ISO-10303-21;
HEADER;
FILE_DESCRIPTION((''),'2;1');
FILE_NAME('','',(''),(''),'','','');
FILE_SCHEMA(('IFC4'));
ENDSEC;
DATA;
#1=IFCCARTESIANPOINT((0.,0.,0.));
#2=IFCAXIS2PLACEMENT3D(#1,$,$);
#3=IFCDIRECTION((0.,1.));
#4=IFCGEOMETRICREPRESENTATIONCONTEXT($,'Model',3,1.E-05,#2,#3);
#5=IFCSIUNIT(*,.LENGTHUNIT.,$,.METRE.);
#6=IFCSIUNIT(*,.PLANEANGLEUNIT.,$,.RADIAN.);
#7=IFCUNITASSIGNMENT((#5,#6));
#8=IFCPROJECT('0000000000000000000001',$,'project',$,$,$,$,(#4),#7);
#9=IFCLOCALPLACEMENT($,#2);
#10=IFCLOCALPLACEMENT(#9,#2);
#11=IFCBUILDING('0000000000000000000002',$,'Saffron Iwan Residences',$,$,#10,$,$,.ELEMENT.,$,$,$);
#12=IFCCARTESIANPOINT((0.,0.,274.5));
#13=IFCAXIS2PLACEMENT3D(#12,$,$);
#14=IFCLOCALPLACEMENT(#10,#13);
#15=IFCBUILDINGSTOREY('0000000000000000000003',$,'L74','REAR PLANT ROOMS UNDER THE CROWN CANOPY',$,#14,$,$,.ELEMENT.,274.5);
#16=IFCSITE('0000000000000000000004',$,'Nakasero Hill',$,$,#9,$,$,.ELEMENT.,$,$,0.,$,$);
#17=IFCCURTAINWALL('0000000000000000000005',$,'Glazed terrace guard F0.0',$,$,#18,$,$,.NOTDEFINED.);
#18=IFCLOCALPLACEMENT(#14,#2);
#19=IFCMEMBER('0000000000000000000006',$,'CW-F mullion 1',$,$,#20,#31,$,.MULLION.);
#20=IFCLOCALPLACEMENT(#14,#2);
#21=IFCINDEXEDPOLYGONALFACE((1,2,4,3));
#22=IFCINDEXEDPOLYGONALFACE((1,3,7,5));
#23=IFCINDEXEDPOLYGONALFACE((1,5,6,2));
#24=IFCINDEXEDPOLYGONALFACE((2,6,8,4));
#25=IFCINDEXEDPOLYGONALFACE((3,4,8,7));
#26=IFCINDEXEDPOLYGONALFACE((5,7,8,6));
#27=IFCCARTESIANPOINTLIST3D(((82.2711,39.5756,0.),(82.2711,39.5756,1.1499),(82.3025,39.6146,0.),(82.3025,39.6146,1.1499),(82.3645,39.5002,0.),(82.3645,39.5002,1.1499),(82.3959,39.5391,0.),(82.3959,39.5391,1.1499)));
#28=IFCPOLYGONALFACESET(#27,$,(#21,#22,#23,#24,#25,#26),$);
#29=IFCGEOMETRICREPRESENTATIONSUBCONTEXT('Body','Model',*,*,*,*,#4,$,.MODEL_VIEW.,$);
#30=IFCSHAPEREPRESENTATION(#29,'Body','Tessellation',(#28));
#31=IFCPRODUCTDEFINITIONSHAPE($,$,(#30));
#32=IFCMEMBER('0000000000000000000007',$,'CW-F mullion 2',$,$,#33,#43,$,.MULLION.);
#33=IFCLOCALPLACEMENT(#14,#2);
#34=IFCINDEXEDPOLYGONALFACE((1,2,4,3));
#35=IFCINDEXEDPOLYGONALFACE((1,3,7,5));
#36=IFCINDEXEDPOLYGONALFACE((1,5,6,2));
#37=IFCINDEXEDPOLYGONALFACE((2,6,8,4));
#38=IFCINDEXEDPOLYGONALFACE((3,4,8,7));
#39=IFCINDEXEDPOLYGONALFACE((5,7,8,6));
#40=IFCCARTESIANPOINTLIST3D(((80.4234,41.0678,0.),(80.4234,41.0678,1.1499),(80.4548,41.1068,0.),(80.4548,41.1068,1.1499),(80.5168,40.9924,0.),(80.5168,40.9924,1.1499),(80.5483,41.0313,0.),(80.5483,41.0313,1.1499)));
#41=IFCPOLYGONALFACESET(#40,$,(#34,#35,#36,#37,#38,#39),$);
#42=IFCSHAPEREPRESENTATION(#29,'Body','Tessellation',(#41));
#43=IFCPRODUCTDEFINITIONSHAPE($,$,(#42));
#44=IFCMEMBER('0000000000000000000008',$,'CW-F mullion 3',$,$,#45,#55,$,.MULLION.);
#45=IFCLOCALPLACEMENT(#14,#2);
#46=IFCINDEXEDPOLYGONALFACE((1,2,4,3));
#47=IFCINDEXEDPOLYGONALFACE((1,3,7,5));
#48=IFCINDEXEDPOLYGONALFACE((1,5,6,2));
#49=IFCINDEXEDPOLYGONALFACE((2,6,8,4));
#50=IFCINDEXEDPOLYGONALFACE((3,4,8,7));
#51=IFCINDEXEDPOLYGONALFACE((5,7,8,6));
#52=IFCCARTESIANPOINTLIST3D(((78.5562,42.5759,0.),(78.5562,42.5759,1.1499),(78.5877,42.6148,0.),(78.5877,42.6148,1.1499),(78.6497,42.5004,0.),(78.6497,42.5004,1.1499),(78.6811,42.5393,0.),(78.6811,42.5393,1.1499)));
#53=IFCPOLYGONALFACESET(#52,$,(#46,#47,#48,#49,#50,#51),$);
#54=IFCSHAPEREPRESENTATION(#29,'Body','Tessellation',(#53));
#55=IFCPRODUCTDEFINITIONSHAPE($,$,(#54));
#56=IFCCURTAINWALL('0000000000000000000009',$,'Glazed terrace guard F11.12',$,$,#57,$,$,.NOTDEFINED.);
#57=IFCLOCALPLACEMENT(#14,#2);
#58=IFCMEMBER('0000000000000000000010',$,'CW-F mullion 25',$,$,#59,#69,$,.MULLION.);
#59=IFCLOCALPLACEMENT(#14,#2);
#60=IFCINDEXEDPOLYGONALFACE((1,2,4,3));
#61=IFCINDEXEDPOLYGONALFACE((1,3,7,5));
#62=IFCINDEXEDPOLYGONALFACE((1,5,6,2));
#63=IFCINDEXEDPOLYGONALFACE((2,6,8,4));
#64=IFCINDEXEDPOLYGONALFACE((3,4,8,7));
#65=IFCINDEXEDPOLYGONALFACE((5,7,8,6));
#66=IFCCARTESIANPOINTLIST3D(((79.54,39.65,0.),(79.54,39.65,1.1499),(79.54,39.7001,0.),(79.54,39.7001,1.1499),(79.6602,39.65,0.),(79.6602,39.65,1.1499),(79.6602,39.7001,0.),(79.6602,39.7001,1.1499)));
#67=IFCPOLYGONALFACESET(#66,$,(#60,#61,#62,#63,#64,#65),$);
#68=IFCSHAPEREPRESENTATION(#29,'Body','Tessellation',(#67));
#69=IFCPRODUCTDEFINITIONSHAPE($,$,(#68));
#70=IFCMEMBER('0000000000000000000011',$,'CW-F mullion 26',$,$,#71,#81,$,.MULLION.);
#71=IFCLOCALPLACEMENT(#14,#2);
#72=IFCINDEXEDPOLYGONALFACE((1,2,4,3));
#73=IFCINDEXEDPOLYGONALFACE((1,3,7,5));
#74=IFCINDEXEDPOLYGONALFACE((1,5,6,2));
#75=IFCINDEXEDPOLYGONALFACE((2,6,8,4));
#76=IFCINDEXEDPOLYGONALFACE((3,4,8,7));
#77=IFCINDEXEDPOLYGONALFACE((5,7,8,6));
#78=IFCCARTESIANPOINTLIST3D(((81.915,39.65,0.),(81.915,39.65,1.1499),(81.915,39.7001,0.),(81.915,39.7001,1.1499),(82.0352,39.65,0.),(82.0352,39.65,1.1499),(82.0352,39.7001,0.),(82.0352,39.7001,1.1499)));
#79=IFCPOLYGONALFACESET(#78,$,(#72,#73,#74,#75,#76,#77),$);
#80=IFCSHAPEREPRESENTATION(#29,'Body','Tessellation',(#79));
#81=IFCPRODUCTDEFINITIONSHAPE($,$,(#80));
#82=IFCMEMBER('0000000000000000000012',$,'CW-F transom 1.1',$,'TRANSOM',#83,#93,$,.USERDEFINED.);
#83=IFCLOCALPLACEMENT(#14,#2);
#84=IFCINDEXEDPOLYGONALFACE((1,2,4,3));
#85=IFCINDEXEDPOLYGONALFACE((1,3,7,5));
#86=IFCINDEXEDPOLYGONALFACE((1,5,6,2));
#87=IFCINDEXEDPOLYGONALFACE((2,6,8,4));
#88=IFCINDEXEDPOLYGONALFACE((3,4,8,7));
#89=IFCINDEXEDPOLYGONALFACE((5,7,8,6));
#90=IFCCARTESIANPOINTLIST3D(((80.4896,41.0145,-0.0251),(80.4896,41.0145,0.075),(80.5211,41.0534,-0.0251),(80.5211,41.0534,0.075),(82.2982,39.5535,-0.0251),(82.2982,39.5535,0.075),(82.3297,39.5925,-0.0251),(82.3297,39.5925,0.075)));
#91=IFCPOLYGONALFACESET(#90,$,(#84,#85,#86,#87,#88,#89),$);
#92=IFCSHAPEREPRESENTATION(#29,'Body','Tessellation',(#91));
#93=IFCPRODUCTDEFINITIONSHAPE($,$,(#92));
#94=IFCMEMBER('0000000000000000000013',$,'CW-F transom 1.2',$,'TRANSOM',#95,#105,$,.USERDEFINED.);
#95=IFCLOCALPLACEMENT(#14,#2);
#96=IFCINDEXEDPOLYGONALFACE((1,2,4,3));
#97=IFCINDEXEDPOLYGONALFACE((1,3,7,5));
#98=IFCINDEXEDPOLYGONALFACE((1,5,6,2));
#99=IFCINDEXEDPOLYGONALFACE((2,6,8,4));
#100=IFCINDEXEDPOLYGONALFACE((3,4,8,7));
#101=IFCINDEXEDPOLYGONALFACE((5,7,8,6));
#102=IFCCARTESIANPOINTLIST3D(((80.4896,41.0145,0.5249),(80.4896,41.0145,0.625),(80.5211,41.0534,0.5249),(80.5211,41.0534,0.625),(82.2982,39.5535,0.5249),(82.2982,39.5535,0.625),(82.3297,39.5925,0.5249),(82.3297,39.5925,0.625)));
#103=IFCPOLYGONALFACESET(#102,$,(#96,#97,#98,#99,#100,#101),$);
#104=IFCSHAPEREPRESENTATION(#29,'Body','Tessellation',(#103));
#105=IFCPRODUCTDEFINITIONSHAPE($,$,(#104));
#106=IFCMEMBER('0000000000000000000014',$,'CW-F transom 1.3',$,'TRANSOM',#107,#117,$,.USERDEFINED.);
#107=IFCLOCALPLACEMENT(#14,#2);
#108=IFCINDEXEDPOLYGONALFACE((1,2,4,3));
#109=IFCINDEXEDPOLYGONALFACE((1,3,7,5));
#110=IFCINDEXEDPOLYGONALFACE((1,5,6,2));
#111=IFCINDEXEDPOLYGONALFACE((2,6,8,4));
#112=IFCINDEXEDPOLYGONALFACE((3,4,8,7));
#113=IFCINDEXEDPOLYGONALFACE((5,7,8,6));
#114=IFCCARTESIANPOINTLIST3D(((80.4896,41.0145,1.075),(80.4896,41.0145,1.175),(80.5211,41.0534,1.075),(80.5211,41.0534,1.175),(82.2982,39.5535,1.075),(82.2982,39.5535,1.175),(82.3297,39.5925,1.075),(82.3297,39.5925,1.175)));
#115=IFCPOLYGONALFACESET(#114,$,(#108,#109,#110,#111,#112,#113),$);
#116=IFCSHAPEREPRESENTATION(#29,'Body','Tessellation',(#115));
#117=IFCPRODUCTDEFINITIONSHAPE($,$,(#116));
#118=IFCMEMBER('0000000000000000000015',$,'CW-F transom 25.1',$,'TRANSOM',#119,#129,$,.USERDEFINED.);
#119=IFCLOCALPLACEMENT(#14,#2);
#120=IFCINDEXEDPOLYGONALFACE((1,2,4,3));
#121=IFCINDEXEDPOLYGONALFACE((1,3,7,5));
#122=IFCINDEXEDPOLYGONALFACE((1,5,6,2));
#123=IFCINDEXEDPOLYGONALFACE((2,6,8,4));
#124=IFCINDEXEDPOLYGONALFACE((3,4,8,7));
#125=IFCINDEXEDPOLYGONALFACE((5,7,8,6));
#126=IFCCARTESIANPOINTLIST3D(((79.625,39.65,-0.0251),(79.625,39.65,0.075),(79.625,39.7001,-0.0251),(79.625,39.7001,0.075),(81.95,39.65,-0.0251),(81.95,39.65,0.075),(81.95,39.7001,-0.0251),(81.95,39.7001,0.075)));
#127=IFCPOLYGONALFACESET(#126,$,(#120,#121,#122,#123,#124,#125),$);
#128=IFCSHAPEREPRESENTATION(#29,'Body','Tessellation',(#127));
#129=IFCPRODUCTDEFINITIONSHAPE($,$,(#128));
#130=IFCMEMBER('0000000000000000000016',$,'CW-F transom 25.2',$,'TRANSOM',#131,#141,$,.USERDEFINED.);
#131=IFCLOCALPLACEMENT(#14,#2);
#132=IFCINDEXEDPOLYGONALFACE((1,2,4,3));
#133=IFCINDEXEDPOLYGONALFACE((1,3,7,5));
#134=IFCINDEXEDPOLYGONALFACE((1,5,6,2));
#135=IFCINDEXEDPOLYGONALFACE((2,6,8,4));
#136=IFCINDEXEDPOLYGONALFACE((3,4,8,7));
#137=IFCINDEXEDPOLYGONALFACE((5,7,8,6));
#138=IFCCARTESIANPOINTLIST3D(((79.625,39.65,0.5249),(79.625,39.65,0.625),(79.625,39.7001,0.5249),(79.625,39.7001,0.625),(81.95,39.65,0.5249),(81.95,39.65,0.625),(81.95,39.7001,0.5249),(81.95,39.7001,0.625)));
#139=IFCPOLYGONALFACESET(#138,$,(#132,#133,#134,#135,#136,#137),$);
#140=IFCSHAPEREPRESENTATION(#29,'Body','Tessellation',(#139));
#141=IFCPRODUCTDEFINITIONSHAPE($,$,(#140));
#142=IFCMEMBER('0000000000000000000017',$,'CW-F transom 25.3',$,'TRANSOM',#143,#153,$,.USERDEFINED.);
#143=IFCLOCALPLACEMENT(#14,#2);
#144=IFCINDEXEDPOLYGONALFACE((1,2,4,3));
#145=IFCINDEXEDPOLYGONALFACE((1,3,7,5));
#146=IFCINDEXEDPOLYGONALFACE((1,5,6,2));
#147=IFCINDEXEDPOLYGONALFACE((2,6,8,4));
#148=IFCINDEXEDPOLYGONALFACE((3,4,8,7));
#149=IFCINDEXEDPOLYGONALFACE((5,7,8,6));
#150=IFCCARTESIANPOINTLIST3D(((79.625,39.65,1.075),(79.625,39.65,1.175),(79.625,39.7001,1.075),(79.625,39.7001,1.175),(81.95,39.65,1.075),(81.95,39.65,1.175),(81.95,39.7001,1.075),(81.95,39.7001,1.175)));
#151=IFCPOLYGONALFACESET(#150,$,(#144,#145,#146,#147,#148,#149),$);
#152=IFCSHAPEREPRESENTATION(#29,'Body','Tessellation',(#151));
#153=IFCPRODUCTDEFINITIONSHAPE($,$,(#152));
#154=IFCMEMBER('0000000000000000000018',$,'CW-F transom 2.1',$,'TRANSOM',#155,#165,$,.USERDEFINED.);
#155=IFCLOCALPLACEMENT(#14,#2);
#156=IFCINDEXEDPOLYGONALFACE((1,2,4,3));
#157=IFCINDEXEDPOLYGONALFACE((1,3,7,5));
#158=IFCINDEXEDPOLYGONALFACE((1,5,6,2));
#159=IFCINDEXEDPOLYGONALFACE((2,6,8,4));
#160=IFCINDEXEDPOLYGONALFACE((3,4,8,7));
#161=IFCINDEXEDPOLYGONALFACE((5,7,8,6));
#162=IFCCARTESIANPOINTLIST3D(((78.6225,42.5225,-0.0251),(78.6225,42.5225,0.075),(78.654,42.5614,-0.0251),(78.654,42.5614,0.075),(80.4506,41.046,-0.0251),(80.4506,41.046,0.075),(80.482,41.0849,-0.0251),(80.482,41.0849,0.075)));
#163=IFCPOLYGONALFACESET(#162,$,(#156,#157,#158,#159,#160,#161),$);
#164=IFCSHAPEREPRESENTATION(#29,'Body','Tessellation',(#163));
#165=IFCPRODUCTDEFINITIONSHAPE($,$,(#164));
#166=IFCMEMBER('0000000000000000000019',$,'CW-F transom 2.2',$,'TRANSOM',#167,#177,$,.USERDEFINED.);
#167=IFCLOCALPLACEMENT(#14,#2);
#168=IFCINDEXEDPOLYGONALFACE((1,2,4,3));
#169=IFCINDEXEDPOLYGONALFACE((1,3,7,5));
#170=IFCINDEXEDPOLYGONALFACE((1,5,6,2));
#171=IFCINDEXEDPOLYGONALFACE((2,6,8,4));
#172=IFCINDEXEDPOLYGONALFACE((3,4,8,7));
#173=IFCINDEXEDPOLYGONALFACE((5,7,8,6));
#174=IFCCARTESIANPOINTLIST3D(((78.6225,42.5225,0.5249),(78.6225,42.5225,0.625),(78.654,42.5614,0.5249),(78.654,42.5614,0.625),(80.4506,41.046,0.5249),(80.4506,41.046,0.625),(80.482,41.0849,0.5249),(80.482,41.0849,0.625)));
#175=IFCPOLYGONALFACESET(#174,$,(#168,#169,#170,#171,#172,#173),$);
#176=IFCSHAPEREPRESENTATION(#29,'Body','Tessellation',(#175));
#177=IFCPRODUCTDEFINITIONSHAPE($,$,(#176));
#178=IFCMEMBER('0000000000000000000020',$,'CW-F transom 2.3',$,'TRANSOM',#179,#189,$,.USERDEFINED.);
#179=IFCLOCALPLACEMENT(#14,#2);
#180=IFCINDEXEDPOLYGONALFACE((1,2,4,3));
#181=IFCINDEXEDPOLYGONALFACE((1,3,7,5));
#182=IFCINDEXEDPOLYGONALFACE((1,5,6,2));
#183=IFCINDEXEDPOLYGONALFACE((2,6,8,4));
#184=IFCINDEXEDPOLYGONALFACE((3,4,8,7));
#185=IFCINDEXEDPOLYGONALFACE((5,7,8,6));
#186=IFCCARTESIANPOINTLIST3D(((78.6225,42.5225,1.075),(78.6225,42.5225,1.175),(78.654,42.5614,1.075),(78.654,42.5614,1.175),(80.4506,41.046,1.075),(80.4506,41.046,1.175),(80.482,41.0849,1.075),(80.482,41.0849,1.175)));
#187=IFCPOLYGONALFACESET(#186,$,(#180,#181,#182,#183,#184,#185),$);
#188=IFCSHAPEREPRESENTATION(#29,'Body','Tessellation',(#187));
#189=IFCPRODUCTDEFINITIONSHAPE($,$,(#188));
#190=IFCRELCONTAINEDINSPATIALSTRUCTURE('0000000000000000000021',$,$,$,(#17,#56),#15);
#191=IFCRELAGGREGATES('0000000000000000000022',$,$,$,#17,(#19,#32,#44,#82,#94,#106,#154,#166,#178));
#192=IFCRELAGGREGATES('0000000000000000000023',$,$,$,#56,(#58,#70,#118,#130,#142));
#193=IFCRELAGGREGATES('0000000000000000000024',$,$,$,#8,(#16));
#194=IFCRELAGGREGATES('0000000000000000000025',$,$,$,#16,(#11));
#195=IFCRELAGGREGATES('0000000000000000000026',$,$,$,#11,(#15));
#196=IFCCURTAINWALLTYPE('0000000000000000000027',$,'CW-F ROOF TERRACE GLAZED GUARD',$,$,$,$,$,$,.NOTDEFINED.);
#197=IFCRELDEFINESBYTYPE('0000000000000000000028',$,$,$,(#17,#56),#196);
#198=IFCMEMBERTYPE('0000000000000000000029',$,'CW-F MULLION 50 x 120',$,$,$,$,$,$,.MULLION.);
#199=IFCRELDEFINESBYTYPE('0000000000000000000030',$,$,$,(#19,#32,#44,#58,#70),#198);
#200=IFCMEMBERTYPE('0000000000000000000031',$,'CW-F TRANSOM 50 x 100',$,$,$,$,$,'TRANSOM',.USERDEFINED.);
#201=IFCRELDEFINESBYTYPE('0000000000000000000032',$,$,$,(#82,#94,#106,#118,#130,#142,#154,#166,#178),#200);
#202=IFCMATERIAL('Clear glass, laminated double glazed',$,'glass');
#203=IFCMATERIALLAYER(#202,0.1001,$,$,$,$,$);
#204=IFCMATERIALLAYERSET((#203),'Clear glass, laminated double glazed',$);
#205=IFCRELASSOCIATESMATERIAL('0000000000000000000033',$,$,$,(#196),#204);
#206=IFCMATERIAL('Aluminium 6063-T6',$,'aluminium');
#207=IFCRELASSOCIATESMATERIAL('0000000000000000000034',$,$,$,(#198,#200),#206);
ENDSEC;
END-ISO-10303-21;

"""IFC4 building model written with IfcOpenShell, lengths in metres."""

from ifc_helpers import new_model, si_unit, direction, frame, origin, origin_2d, place, context, subcontext, project, spatial, rectangle, extrude, source, transform, mapped, material, layer, layer_set, material_profile, profile_set, type_object, element, aggregate, save


model = new_model("IFC4")

# Units and contexts
model_context = context("Model", 3, precision=1e-05, world=origin(), true_north=direction((0.0, 1.0)))
body_context = subcontext(model_context, "Body", "Model", "MODEL_VIEW")
ifc_project = project(units=[si_unit("LENGTHUNIT", "METRE"), si_unit("PLANEANGLEUNIT", "RADIAN")], contexts=[model_context])

# Site, building, storey
site_placement = place(None, origin())
site = spatial("IfcSite", under=ifc_project, at=site_placement, Name="Nakasero Hill", CompositionType="ELEMENT", RefElevation=0.0)
building_placement = place(site_placement, origin())
building = spatial("IfcBuilding", under=site, at=building_placement, Name="Saffron Iwan Residences", CompositionType="ELEMENT")
storey_placement = place(building_placement, frame((0.0, 0.0, 274.5)))
storey = spatial("IfcBuildingStorey", under=building, at=storey_placement, Name="L74", Description="REAR PLANT ROOMS UNDER THE CROWN CANOPY", CompositionType="ELEMENT", Elevation=274.5)

# Curtain walls, members
ifc_material_1 = material(Name="Clear glass, laminated double glazed", Category="glass")
ifc_layer_1 = layer(ifc_material_1, 0.1001)
ifc_layer_set_1 = layer_set([ifc_layer_1], Name="Clear glass, laminated double glazed")
curtain_wall_type = type_object("IfcCurtainWallType", Name="CW-F ROOF TERRACE GLAZED GUARD", PredefinedType="NOTDEFINED", material=ifc_layer_set_1)
curtain_wall_1_placement = place(storey_placement, origin())
curtain_wall_1 = element("IfcCurtainWall", 1, at=curtain_wall_1_placement, inside=storey, type_object=curtain_wall_type, Name="Glazed terrace guard F0.0", PredefinedType="NOTDEFINED")
ifc_material_2 = material(Name="Aluminium 6063-T6", Category="aluminium")
ifc_material_profile_1 = material_profile(ifc_material_2, rectangle(XDim=0.05, YDim=0.1201, at=origin_2d()), Name="CW-F MULLION 50 x 120")
ifc_profile_set_1 = profile_set([ifc_material_profile_1], Name="Aluminium 6063-T6")
member_type_1 = type_object("IfcMemberType", Name="CW-F MULLION 50 x 120", PredefinedType="MULLION", material=ifc_profile_set_1)
shared_shape_1 = source(origin(), body_context, "Body", "SweptSolid", [
    extrude(rectangle(XDim=0.05, YDim=0.1201, at=origin_2d()), origin(), (0.0, 0.0, 1.0), 1.1499),
])
member_1_placement = place(storey_placement, frame((82.3335, 39.5574, 0.0), z_axis=(0.0, 0.0, 1.0), x_axis=(-0.628337, -0.777941, 0.0)))
member_1 = element("IfcMember", 2, at=member_1_placement, type_object=member_type_1, Name="CW-F mullion 1", PredefinedType="MULLION", context=body_context, shape_type="MappedRepresentation", body=[
    mapped(shared_shape_1, transform((0.0, 0.0, 0.0))),
])
member_2_placement = place(storey_placement, frame((80.4858, 41.0496, 0.0), z_axis=(0.0, 0.0, 1.0), x_axis=(-0.628337, -0.777941, 0.0)))
member_2 = element("IfcMember", 3, at=member_2_placement, type_object=member_type_1, Name="CW-F mullion 2", PredefinedType="MULLION", context=body_context, shape_type="MappedRepresentation", body=[
    mapped(shared_shape_1, transform((0.0, 0.0, 0.0))),
])
member_3_placement = place(storey_placement, frame((78.6187, 42.5576, 0.0), z_axis=(0.0, 0.0, 1.0), x_axis=(-0.628337, -0.777941, 0.0)))
member_3 = element("IfcMember", 4, at=member_3_placement, type_object=member_type_1, Name="CW-F mullion 3", PredefinedType="MULLION", context=body_context, shape_type="MappedRepresentation", body=[
    mapped(shared_shape_1, transform((0.0, 0.0, 0.0))),
])
curtain_wall_2_placement = place(storey_placement, origin())
curtain_wall_2 = element("IfcCurtainWall", 5, at=curtain_wall_2_placement, inside=storey, type_object=curtain_wall_type, Name="Glazed terrace guard F11.12", PredefinedType="NOTDEFINED")
member_4_placement = place(storey_placement, frame((79.6001, 39.675, 0.0), z_axis=(0.0, 0.0, 1.0), x_axis=(0.0, 1.0, 0.0)))
member_4 = element("IfcMember", 6, at=member_4_placement, type_object=member_type_1, Name="CW-F mullion 25", PredefinedType="MULLION", context=body_context, shape_type="MappedRepresentation", body=[
    mapped(shared_shape_1, transform((0.0, 0.0, 0.0))),
])
member_5_placement = place(storey_placement, frame((81.9751, 39.675, 0.0), z_axis=(0.0, 0.0, 1.0), x_axis=(0.0, 1.0, 0.0)))
member_5 = element("IfcMember", 7, at=member_5_placement, type_object=member_type_1, Name="CW-F mullion 26", PredefinedType="MULLION", context=body_context, shape_type="MappedRepresentation", body=[
    mapped(shared_shape_1, transform((0.0, 0.0, 0.0))),
])

# Members
ifc_material_profile_2 = material_profile(ifc_material_2, rectangle(XDim=0.05, YDim=0.1001, at=origin_2d()), Name="CW-F TRANSOM 50 x 100")
ifc_profile_set_2 = profile_set([ifc_material_profile_2], Name="Aluminium 6063-T6")
member_type_2 = type_object("IfcMemberType", Name="CW-F TRANSOM 50 x 100", ElementType="TRANSOM", PredefinedType="USERDEFINED", material=ifc_profile_set_2)
shared_shape_2 = source(origin(), body_context, "Body", "SweptSolid", [
    extrude(rectangle(XDim=0.05, YDim=0.1001, at=origin_2d()), origin(), (0.0, 0.0, 1.0), 2.325),
])
member_6_placement = place(storey_placement, frame((82.314, 39.573, 0.0249), z_axis=(-0.77791, 0.628376, 0.0), x_axis=(-0.628376, -0.77791, 0.0)))
member_6 = element("IfcMember", 8, at=member_6_placement, type_object=member_type_2, Name="CW-F transom 1.1", ObjectType="TRANSOM", PredefinedType="USERDEFINED", context=body_context, shape_type="MappedRepresentation", body=[
    mapped(shared_shape_2, transform((0.0, 0.0, 0.0))),
])
member_7_placement = place(storey_placement, frame((82.314, 39.573, 0.575), z_axis=(-0.77791, 0.628376, 0.0), x_axis=(-0.628376, -0.77791, 0.0)))
member_7 = element("IfcMember", 9, at=member_7_placement, type_object=member_type_2, Name="CW-F transom 1.2", ObjectType="TRANSOM", PredefinedType="USERDEFINED", context=body_context, shape_type="MappedRepresentation", body=[
    mapped(shared_shape_2, transform((0.0, 0.0, 0.0))),
])
member_8_placement = place(storey_placement, frame((82.314, 39.573, 1.125), z_axis=(-0.77791, 0.628376, 0.0), x_axis=(-0.628376, -0.77791, 0.0)))
member_8 = element("IfcMember", 10, at=member_8_placement, type_object=member_type_2, Name="CW-F transom 1.3", ObjectType="TRANSOM", PredefinedType="USERDEFINED", context=body_context, shape_type="MappedRepresentation", body=[
    mapped(shared_shape_2, transform((0.0, 0.0, 0.0))),
])
member_9_placement = place(storey_placement, frame((79.625, 39.675, 0.0249), z_axis=(1.0, 0.0, 0.0), x_axis=(0.0, 1.0, 0.0)))
member_9 = element("IfcMember", 11, at=member_9_placement, type_object=member_type_2, Name="CW-F transom 25.1", ObjectType="TRANSOM", PredefinedType="USERDEFINED", context=body_context, shape_type="MappedRepresentation", body=[
    mapped(shared_shape_2, transform((0.0, 0.0, 0.0))),
])
member_10_placement = place(storey_placement, frame((79.625, 39.675, 0.575), z_axis=(1.0, 0.0, 0.0), x_axis=(0.0, 1.0, 0.0)))
member_10 = element("IfcMember", 12, at=member_10_placement, type_object=member_type_2, Name="CW-F transom 25.2", ObjectType="TRANSOM", PredefinedType="USERDEFINED", context=body_context, shape_type="MappedRepresentation", body=[
    mapped(shared_shape_2, transform((0.0, 0.0, 0.0))),
])
member_11_placement = place(storey_placement, frame((79.625, 39.675, 1.125), z_axis=(1.0, 0.0, 0.0), x_axis=(0.0, 1.0, 0.0)))
member_11 = element("IfcMember", 13, at=member_11_placement, type_object=member_type_2, Name="CW-F transom 25.3", ObjectType="TRANSOM", PredefinedType="USERDEFINED", context=body_context, shape_type="MappedRepresentation", body=[
    mapped(shared_shape_2, transform((0.0, 0.0, 0.0))),
])
shared_shape_3 = source(origin(), body_context, "Body", "SweptSolid", [
    extrude(rectangle(XDim=0.05, YDim=0.1001, at=origin_2d()), origin(), (0.0, 0.0, 1.0), 2.3499),
])
member_12_placement = place(storey_placement, frame((80.4663, 41.0654, 0.0249), z_axis=(-0.777941, 0.628337, 0.0), x_axis=(-0.628337, -0.777941, 0.0)))
member_12 = element("IfcMember", 14, at=member_12_placement, type_object=member_type_2, Name="CW-F transom 2.1", ObjectType="TRANSOM", PredefinedType="USERDEFINED", context=body_context, shape_type="MappedRepresentation", body=[
    mapped(shared_shape_3, transform((0.0, 0.0, 0.0))),
])
member_13_placement = place(storey_placement, frame((80.4663, 41.0654, 0.575), z_axis=(-0.777941, 0.628337, 0.0), x_axis=(-0.628337, -0.777941, 0.0)))
member_13 = element("IfcMember", 15, at=member_13_placement, type_object=member_type_2, Name="CW-F transom 2.2", ObjectType="TRANSOM", PredefinedType="USERDEFINED", context=body_context, shape_type="MappedRepresentation", body=[
    mapped(shared_shape_3, transform((0.0, 0.0, 0.0))),
])
member_14_placement = place(storey_placement, frame((80.4663, 41.0654, 1.125), z_axis=(-0.777941, 0.628337, 0.0), x_axis=(-0.628337, -0.777941, 0.0)))
member_14 = element("IfcMember", 16, at=member_14_placement, type_object=member_type_2, Name="CW-F transom 2.3", ObjectType="TRANSOM", PredefinedType="USERDEFINED", context=body_context, shape_type="MappedRepresentation", body=[
    mapped(shared_shape_3, transform((0.0, 0.0, 0.0))),
])

aggregate(curtain_wall_1, [member_1, member_2, member_3, member_6, member_7, member_8, member_12, member_13, member_14])
aggregate(curtain_wall_2, [member_4, member_5, member_9, member_10, member_11])

save(model, "model.ifc")
